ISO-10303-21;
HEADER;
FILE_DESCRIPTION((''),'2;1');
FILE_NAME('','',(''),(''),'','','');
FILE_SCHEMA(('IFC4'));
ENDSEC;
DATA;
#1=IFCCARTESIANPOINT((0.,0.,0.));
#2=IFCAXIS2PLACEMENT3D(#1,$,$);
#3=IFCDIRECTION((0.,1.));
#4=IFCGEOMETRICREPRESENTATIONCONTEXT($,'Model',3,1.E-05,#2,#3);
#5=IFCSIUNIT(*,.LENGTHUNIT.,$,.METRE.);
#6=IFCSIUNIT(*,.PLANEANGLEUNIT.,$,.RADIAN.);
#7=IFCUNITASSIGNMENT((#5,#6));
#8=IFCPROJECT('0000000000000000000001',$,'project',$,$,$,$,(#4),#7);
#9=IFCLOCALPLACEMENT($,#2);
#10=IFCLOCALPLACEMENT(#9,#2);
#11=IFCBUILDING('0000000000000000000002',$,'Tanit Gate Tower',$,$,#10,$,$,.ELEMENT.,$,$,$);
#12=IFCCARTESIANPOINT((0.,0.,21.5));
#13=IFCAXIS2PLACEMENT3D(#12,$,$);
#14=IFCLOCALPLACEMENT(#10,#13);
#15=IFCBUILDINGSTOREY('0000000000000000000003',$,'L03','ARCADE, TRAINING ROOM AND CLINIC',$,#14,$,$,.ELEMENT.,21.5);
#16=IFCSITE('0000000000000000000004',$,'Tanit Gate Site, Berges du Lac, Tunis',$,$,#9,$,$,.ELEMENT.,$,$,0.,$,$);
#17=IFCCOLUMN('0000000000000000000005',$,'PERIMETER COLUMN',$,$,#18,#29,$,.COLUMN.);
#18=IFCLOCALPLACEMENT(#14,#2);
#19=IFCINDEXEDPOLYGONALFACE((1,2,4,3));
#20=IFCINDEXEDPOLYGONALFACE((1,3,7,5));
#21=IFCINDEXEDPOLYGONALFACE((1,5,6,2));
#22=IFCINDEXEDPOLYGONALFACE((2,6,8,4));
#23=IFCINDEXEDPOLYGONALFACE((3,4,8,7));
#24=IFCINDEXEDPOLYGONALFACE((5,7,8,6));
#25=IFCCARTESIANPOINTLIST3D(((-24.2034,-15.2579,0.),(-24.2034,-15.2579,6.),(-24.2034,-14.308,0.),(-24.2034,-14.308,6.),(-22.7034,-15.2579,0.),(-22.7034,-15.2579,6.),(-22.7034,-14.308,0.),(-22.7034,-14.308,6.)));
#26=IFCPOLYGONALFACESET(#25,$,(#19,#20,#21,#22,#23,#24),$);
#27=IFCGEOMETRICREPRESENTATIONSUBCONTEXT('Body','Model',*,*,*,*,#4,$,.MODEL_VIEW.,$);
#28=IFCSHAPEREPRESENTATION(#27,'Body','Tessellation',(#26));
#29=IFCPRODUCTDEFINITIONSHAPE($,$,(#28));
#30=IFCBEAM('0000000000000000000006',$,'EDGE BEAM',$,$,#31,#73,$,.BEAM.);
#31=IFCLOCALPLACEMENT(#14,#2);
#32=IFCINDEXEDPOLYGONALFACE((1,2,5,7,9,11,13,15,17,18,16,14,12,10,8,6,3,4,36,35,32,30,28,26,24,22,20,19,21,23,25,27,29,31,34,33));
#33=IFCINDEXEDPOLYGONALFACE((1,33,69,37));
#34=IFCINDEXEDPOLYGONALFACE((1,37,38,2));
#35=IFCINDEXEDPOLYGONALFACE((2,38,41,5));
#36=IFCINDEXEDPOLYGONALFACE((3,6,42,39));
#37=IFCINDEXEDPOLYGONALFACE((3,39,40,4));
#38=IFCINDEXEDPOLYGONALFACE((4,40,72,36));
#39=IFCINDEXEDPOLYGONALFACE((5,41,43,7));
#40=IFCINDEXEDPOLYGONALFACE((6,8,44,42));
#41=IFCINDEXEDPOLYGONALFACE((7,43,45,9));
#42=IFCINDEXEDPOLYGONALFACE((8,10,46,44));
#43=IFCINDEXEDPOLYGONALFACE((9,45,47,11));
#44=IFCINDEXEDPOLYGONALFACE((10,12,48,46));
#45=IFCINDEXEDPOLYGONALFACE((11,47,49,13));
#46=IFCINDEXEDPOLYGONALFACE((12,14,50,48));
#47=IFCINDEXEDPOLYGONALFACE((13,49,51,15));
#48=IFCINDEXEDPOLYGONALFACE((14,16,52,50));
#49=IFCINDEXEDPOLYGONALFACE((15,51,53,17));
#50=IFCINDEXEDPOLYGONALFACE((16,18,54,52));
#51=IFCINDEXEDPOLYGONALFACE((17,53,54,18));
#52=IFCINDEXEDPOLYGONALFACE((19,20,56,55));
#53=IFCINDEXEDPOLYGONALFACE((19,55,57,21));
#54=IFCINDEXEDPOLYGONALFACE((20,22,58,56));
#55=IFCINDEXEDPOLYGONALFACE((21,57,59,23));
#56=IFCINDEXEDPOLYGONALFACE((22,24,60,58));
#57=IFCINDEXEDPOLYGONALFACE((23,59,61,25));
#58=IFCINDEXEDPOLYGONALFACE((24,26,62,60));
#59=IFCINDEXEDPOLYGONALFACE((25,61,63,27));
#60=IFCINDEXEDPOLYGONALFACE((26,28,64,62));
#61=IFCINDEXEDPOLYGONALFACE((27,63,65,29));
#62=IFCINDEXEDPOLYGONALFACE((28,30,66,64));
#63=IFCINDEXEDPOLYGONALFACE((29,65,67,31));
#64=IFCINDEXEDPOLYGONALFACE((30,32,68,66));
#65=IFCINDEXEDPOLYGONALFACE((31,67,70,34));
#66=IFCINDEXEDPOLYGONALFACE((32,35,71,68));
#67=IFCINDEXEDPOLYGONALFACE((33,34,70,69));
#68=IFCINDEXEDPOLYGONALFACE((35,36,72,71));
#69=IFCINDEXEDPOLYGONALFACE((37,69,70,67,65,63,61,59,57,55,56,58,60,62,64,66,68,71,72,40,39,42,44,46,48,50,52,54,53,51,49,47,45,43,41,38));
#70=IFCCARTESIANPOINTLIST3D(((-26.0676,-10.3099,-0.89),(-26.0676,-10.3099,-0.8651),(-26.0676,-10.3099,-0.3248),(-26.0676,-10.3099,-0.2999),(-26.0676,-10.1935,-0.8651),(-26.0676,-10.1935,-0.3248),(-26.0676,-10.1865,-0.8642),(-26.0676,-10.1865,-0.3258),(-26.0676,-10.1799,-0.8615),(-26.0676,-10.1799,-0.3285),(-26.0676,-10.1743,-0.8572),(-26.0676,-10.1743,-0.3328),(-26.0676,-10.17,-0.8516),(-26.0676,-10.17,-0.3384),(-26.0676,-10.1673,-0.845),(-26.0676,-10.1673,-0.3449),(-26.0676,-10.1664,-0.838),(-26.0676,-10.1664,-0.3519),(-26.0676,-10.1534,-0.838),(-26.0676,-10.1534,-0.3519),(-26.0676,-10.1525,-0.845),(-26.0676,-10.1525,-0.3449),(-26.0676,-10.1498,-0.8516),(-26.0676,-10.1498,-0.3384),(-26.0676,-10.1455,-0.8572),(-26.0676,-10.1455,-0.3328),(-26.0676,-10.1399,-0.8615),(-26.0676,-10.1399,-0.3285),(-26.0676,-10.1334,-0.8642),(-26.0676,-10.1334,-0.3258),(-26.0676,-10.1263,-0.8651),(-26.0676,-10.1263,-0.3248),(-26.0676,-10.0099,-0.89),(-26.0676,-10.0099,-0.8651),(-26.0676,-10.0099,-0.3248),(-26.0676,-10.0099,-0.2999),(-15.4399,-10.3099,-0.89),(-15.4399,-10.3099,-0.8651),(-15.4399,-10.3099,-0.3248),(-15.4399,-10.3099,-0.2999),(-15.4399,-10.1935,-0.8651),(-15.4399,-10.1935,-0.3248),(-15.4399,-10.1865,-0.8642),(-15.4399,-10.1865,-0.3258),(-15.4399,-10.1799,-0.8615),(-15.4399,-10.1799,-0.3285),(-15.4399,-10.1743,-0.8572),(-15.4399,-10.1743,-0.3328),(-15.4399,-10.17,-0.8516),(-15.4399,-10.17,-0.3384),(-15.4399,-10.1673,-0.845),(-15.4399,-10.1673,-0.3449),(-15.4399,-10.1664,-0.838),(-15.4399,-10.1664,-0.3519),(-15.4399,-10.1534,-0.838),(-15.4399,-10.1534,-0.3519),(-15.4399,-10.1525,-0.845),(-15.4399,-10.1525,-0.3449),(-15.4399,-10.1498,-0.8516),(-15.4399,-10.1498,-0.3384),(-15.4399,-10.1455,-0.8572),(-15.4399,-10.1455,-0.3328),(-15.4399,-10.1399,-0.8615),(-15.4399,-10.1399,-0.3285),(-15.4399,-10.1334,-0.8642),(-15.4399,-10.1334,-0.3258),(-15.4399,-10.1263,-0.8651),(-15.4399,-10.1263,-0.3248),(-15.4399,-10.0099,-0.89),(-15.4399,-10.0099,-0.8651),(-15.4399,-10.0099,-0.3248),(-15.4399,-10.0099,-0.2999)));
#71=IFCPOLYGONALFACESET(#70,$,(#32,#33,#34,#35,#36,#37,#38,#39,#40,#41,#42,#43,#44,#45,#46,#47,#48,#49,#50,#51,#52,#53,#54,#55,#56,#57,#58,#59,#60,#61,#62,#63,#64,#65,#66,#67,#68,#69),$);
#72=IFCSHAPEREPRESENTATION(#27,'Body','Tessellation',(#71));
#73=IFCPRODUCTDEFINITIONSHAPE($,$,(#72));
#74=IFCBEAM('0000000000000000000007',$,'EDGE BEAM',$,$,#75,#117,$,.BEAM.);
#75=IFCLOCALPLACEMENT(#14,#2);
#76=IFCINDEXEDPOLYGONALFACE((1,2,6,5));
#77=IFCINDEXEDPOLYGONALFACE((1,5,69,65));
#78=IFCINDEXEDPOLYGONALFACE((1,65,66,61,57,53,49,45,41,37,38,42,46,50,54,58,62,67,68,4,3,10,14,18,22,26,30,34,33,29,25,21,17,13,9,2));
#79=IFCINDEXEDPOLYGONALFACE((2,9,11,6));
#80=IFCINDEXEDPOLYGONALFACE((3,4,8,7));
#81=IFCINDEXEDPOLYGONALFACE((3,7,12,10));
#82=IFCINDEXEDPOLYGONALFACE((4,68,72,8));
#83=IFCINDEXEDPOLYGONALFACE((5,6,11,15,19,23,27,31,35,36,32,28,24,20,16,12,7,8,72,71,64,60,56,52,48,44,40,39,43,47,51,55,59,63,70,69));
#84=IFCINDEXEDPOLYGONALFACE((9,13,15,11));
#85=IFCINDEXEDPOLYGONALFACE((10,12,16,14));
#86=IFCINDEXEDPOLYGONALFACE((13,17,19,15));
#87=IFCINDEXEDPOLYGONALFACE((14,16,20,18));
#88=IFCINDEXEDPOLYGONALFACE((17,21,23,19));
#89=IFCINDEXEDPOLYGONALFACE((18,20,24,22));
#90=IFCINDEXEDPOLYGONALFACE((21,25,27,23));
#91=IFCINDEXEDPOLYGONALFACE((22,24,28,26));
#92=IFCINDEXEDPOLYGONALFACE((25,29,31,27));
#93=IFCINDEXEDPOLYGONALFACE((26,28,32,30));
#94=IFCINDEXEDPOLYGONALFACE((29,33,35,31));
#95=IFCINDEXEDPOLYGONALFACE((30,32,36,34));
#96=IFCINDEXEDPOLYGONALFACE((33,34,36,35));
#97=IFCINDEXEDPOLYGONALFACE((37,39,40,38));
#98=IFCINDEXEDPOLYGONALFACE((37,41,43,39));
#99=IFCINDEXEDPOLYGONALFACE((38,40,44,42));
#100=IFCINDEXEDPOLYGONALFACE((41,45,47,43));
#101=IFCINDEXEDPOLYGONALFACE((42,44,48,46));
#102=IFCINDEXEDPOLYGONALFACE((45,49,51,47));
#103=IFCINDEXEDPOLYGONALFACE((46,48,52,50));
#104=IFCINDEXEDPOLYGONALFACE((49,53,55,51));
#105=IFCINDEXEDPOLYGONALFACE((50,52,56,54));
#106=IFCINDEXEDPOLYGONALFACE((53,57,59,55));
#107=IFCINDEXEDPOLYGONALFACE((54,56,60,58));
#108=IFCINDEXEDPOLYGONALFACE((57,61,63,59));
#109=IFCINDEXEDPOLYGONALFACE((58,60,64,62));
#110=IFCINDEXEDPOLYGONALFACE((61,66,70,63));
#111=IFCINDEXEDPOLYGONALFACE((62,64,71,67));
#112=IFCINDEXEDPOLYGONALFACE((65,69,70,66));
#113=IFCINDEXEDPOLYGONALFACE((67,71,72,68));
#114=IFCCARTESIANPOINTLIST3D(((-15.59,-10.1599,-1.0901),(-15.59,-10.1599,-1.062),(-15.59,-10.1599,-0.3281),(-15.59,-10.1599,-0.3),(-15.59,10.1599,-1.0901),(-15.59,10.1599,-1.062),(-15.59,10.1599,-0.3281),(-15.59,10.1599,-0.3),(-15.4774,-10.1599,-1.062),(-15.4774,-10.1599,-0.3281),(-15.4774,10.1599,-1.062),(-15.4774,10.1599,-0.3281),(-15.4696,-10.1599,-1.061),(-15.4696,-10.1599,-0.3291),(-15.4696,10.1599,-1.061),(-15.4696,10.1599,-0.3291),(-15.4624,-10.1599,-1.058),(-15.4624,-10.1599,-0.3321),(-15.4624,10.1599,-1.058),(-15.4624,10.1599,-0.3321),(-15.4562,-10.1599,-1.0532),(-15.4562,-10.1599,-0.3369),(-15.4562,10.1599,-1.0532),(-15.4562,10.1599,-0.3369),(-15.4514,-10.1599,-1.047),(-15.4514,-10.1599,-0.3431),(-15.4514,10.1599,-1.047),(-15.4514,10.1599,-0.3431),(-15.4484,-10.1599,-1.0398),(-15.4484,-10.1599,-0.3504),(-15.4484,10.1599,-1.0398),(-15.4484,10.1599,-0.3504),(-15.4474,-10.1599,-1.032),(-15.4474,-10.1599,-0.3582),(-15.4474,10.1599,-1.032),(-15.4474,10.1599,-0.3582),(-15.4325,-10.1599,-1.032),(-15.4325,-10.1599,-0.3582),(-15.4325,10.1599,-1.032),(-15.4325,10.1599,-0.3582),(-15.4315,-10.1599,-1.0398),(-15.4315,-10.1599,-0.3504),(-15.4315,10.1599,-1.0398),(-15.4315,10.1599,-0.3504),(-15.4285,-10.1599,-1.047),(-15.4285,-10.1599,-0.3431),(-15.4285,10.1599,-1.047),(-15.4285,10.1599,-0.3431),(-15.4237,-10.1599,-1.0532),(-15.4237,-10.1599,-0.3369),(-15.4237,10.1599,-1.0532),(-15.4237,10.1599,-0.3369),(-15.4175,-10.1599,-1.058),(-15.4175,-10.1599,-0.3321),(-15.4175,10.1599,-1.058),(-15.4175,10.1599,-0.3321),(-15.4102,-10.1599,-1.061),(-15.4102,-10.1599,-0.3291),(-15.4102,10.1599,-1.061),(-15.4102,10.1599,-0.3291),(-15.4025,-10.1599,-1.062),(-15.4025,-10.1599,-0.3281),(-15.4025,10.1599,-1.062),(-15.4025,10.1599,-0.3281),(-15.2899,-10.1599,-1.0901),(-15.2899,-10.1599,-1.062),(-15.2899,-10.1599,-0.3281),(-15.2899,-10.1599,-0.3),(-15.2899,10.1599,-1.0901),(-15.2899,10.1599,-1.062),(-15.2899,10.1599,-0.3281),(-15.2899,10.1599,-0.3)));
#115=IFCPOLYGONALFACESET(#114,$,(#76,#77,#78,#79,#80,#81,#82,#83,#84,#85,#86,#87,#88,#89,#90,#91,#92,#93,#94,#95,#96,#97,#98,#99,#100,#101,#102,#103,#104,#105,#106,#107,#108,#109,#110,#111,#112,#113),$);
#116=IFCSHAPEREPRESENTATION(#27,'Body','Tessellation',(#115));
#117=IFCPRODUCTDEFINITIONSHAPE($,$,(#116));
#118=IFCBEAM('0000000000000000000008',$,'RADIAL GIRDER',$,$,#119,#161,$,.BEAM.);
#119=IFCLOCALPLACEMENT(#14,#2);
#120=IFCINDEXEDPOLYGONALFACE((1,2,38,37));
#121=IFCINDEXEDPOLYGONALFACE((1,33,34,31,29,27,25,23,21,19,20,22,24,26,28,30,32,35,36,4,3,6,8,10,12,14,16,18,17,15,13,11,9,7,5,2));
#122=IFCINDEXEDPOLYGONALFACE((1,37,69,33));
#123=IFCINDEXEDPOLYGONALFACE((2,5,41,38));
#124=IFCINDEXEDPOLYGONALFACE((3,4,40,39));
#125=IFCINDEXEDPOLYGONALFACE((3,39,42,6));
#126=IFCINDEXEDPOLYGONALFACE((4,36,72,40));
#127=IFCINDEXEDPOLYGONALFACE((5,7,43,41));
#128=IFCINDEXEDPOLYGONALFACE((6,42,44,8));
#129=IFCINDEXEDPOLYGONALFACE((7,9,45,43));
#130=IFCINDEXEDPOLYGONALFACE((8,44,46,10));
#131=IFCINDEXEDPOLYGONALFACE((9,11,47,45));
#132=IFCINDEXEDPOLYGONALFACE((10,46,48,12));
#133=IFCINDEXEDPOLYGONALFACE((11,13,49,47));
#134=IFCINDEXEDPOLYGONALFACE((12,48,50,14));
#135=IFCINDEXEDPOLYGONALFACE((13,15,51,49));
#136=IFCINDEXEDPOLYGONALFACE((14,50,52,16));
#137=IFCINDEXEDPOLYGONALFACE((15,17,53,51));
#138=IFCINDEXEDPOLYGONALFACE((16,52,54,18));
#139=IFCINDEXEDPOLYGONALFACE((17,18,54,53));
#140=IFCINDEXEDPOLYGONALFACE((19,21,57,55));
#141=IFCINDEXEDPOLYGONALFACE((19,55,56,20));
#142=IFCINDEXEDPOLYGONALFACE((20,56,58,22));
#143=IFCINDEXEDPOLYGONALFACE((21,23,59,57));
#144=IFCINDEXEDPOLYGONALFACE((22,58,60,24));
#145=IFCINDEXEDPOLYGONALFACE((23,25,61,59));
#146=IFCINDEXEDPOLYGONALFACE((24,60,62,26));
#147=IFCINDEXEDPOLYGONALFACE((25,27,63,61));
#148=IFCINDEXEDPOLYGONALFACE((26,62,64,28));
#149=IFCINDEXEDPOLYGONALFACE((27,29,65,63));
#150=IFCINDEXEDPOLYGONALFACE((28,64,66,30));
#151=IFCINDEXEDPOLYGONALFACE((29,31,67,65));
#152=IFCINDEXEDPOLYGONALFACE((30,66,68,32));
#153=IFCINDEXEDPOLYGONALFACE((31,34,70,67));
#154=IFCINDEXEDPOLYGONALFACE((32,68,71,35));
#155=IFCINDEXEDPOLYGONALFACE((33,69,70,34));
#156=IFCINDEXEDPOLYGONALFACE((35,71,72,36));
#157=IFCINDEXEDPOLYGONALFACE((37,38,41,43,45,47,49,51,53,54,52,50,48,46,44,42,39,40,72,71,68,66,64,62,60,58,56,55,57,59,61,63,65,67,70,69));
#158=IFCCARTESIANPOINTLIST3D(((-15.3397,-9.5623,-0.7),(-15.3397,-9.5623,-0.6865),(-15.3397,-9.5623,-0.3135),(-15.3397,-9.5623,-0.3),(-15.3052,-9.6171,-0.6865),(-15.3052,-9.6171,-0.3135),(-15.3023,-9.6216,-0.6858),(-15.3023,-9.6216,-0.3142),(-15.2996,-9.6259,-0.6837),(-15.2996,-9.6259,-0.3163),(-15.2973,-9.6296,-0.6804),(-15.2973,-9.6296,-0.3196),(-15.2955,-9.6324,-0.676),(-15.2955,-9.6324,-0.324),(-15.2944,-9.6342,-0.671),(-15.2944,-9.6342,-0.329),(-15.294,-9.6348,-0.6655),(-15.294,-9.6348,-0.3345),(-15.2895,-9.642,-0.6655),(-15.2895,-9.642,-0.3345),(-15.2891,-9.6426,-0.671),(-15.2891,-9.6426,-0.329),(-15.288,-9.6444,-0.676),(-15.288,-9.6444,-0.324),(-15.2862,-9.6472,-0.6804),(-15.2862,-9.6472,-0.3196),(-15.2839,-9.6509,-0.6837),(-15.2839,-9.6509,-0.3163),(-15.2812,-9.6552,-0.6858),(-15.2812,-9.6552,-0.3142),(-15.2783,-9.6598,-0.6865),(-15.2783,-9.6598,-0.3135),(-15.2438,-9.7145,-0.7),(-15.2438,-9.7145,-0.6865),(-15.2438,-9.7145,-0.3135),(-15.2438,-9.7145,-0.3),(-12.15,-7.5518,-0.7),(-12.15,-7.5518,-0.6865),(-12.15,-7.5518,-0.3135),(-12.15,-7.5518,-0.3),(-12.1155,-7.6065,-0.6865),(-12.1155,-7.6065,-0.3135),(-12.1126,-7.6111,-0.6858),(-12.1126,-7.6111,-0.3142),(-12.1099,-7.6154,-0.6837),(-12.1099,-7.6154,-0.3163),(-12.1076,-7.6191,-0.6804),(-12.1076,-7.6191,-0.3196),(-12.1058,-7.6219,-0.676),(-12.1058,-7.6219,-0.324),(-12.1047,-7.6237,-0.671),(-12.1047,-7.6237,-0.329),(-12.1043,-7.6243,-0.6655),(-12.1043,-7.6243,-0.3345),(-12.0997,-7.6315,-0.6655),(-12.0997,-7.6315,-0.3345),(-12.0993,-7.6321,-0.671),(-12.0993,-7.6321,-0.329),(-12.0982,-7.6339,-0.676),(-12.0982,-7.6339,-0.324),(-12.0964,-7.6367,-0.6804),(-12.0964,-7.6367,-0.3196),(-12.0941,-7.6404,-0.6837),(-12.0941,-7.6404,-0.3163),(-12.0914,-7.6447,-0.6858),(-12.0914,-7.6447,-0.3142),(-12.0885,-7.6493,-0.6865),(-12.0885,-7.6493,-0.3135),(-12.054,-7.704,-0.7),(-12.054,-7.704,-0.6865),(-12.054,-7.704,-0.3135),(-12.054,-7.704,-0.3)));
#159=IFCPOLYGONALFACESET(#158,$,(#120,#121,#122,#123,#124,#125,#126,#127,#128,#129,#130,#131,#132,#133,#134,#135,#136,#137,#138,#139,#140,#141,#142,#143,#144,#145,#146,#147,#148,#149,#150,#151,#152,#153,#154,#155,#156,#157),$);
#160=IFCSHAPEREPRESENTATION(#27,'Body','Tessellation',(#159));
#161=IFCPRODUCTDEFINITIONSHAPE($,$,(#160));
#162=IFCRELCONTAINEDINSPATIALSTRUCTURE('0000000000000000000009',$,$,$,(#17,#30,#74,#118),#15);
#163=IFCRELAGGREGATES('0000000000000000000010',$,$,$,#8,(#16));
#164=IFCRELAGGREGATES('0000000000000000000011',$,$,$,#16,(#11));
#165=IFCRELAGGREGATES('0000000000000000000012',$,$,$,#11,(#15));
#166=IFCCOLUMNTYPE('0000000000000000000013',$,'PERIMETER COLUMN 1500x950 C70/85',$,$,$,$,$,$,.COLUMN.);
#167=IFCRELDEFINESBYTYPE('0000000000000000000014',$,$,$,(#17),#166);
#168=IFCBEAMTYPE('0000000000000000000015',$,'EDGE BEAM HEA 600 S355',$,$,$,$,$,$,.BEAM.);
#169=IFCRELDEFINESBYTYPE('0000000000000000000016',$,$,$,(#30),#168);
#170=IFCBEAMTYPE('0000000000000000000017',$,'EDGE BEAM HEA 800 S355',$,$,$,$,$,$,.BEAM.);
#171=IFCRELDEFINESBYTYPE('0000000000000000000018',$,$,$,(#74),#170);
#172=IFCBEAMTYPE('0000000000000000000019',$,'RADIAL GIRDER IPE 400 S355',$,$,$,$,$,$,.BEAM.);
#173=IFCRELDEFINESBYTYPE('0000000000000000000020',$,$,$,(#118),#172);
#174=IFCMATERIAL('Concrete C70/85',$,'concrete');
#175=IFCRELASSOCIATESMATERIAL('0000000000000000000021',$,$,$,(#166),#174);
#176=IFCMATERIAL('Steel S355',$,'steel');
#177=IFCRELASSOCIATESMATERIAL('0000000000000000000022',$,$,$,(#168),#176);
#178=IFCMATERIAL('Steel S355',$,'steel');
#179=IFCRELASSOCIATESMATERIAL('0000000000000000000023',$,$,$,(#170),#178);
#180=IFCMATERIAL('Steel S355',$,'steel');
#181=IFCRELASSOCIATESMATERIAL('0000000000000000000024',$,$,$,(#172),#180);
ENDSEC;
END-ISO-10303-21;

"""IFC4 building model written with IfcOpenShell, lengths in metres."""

from ifc_helpers import new_model, si_unit, direction, frame, origin, origin_2d, place, context, subcontext, project, spatial, rectangle, i_section, extrude, material, material_profile, profile_set, type_object, element, save


model = new_model("IFC4")

# Units and contexts
model_context = context("Model", 3, precision=1e-05, world=origin(), true_north=direction((0.0, 1.0)))
body_context = subcontext(model_context, "Body", "Model", "MODEL_VIEW")
ifc_project = project(units=[si_unit("LENGTHUNIT", "METRE"), si_unit("PLANEANGLEUNIT", "RADIAN")], contexts=[model_context])

# Site, building, storey
site_placement = place(None, origin())
site = spatial("IfcSite", under=ifc_project, at=site_placement, Name="Tanit Gate Site, Berges du Lac, Tunis", CompositionType="ELEMENT", RefElevation=0.0)
building_placement = place(site_placement, origin())
building = spatial("IfcBuilding", under=site, at=building_placement, Name="Tanit Gate Tower", CompositionType="ELEMENT")
storey_placement = place(building_placement, frame((0.0, 0.0, 21.5)))
storey = spatial("IfcBuildingStorey", under=building, at=storey_placement, Name="L03", Description="ARCADE, TRAINING ROOM AND CLINIC", CompositionType="ELEMENT", Elevation=21.5)

# Column
ifc_material_1 = material(Name="Concrete C70/85", Category="concrete")
ifc_material_profile_1 = material_profile(ifc_material_1, rectangle(XDim=1.5, YDim=0.95, at=origin_2d()), Name="RC 1500x950")
ifc_profile_set_1 = profile_set([ifc_material_profile_1], Name="Concrete C70/85")
column_type = type_object("IfcColumnType", Name="PERIMETER COLUMN 1500x950 C70/85", PredefinedType="COLUMN", material=ifc_profile_set_1)
column_placement = place(storey_placement, frame((-23.4534, -14.783, 0.0), z_axis=(0.0, 0.0, 1.0), x_axis=(-1.0, 0.0, 0.0)))
element("IfcColumn", 1, at=column_placement, inside=storey, type_object=column_type, Name="PERIMETER COLUMN", PredefinedType="COLUMN", context=body_context, shape_type="SweptSolid", body=[
    extrude(rectangle(XDim=1.5, YDim=0.95, at=origin_2d()), origin(), (0.0, 0.0, 1.0), 6.0),
])

# Beams
ifc_material_2 = material(Name="Steel S355", Category="steel")
ifc_material_profile_2 = material_profile(ifc_material_2, i_section(OverallWidth=0.3, OverallDepth=0.5901, WebThickness=0.0129, FlangeThickness=0.0249, FilletRadius=0.0271, at=origin_2d()), Name="HEA 600")
ifc_profile_set_2 = profile_set([ifc_material_profile_2], Name="Steel S355")
beam_type_1 = type_object("IfcBeamType", Name="EDGE BEAM HEA 600 S355", PredefinedType="BEAM", material=ifc_profile_set_2)
beam_1_placement = place(storey_placement, frame((-26.0676, -10.1599, -0.595), z_axis=(1.0, 0.0, 0.0), x_axis=(0.0, 1.0, 0.0)))
element("IfcBeam", 2, at=beam_1_placement, inside=storey, type_object=beam_type_1, Name="EDGE BEAM", PredefinedType="BEAM", context=body_context, shape_type="SweptSolid", body=[
    extrude(i_section(OverallWidth=0.3, OverallDepth=0.5901, WebThickness=0.0129, FlangeThickness=0.0249, FilletRadius=0.0271, at=origin_2d()), origin(), (0.0, 0.0, 1.0), 10.6277),
])
ifc_material_3 = material(Name="Steel S355", Category="steel")
ifc_material_profile_3 = material_profile(ifc_material_3, i_section(OverallWidth=0.3, OverallDepth=0.79, WebThickness=0.0149, FlangeThickness=0.0281, FilletRadius=0.03, at=origin_2d()), Name="HEA 800")
ifc_profile_set_3 = profile_set([ifc_material_profile_3], Name="Steel S355")
beam_type_2 = type_object("IfcBeamType", Name="EDGE BEAM HEA 800 S355", PredefinedType="BEAM", material=ifc_profile_set_3)
beam_2_placement = place(storey_placement, frame((-15.4399, -10.1599, -0.6951), z_axis=(0.0, 1.0, 0.0), x_axis=(-1.0, 0.0, 0.0)))
element("IfcBeam", 3, at=beam_2_placement, inside=storey, type_object=beam_type_2, Name="EDGE BEAM", PredefinedType="BEAM", context=body_context, shape_type="SweptSolid", body=[
    extrude(i_section(OverallWidth=0.3, OverallDepth=0.79, WebThickness=0.0149, FlangeThickness=0.0281, FilletRadius=0.03, at=origin_2d()), origin(), (0.0, 0.0, 1.0), 20.3198),
])
ifc_material_4 = material(Name="Steel S355", Category="steel")
ifc_material_profile_4 = material_profile(ifc_material_4, i_section(OverallWidth=0.1799, OverallDepth=0.3999, WebThickness=0.0085, FlangeThickness=0.0134, FilletRadius=0.021, at=origin_2d()), Name="IPE 400")
ifc_profile_set_4 = profile_set([ifc_material_profile_4], Name="Steel S355")
beam_type_3 = type_object("IfcBeamType", Name="RADIAL GIRDER IPE 400 S355", PredefinedType="BEAM", material=ifc_profile_set_4)
beam_3_placement = place(storey_placement, frame((-15.2917, -9.6384, -0.5), z_axis=(0.845973, 0.533225, 0.0), x_axis=(-0.533225, 0.845973, 0.0)))
element("IfcBeam", 4, at=beam_3_placement, inside=storey, type_object=beam_type_3, Name="RADIAL GIRDER", PredefinedType="BEAM", context=body_context, shape_type="SweptSolid", body=[
    extrude(i_section(OverallWidth=0.1799, OverallDepth=0.3999, WebThickness=0.0085, FlangeThickness=0.0134, FilletRadius=0.021, at=origin_2d()), origin(), (0.0, 0.0, 1.0), 3.7705),
])

save(model, "model.ifc")
